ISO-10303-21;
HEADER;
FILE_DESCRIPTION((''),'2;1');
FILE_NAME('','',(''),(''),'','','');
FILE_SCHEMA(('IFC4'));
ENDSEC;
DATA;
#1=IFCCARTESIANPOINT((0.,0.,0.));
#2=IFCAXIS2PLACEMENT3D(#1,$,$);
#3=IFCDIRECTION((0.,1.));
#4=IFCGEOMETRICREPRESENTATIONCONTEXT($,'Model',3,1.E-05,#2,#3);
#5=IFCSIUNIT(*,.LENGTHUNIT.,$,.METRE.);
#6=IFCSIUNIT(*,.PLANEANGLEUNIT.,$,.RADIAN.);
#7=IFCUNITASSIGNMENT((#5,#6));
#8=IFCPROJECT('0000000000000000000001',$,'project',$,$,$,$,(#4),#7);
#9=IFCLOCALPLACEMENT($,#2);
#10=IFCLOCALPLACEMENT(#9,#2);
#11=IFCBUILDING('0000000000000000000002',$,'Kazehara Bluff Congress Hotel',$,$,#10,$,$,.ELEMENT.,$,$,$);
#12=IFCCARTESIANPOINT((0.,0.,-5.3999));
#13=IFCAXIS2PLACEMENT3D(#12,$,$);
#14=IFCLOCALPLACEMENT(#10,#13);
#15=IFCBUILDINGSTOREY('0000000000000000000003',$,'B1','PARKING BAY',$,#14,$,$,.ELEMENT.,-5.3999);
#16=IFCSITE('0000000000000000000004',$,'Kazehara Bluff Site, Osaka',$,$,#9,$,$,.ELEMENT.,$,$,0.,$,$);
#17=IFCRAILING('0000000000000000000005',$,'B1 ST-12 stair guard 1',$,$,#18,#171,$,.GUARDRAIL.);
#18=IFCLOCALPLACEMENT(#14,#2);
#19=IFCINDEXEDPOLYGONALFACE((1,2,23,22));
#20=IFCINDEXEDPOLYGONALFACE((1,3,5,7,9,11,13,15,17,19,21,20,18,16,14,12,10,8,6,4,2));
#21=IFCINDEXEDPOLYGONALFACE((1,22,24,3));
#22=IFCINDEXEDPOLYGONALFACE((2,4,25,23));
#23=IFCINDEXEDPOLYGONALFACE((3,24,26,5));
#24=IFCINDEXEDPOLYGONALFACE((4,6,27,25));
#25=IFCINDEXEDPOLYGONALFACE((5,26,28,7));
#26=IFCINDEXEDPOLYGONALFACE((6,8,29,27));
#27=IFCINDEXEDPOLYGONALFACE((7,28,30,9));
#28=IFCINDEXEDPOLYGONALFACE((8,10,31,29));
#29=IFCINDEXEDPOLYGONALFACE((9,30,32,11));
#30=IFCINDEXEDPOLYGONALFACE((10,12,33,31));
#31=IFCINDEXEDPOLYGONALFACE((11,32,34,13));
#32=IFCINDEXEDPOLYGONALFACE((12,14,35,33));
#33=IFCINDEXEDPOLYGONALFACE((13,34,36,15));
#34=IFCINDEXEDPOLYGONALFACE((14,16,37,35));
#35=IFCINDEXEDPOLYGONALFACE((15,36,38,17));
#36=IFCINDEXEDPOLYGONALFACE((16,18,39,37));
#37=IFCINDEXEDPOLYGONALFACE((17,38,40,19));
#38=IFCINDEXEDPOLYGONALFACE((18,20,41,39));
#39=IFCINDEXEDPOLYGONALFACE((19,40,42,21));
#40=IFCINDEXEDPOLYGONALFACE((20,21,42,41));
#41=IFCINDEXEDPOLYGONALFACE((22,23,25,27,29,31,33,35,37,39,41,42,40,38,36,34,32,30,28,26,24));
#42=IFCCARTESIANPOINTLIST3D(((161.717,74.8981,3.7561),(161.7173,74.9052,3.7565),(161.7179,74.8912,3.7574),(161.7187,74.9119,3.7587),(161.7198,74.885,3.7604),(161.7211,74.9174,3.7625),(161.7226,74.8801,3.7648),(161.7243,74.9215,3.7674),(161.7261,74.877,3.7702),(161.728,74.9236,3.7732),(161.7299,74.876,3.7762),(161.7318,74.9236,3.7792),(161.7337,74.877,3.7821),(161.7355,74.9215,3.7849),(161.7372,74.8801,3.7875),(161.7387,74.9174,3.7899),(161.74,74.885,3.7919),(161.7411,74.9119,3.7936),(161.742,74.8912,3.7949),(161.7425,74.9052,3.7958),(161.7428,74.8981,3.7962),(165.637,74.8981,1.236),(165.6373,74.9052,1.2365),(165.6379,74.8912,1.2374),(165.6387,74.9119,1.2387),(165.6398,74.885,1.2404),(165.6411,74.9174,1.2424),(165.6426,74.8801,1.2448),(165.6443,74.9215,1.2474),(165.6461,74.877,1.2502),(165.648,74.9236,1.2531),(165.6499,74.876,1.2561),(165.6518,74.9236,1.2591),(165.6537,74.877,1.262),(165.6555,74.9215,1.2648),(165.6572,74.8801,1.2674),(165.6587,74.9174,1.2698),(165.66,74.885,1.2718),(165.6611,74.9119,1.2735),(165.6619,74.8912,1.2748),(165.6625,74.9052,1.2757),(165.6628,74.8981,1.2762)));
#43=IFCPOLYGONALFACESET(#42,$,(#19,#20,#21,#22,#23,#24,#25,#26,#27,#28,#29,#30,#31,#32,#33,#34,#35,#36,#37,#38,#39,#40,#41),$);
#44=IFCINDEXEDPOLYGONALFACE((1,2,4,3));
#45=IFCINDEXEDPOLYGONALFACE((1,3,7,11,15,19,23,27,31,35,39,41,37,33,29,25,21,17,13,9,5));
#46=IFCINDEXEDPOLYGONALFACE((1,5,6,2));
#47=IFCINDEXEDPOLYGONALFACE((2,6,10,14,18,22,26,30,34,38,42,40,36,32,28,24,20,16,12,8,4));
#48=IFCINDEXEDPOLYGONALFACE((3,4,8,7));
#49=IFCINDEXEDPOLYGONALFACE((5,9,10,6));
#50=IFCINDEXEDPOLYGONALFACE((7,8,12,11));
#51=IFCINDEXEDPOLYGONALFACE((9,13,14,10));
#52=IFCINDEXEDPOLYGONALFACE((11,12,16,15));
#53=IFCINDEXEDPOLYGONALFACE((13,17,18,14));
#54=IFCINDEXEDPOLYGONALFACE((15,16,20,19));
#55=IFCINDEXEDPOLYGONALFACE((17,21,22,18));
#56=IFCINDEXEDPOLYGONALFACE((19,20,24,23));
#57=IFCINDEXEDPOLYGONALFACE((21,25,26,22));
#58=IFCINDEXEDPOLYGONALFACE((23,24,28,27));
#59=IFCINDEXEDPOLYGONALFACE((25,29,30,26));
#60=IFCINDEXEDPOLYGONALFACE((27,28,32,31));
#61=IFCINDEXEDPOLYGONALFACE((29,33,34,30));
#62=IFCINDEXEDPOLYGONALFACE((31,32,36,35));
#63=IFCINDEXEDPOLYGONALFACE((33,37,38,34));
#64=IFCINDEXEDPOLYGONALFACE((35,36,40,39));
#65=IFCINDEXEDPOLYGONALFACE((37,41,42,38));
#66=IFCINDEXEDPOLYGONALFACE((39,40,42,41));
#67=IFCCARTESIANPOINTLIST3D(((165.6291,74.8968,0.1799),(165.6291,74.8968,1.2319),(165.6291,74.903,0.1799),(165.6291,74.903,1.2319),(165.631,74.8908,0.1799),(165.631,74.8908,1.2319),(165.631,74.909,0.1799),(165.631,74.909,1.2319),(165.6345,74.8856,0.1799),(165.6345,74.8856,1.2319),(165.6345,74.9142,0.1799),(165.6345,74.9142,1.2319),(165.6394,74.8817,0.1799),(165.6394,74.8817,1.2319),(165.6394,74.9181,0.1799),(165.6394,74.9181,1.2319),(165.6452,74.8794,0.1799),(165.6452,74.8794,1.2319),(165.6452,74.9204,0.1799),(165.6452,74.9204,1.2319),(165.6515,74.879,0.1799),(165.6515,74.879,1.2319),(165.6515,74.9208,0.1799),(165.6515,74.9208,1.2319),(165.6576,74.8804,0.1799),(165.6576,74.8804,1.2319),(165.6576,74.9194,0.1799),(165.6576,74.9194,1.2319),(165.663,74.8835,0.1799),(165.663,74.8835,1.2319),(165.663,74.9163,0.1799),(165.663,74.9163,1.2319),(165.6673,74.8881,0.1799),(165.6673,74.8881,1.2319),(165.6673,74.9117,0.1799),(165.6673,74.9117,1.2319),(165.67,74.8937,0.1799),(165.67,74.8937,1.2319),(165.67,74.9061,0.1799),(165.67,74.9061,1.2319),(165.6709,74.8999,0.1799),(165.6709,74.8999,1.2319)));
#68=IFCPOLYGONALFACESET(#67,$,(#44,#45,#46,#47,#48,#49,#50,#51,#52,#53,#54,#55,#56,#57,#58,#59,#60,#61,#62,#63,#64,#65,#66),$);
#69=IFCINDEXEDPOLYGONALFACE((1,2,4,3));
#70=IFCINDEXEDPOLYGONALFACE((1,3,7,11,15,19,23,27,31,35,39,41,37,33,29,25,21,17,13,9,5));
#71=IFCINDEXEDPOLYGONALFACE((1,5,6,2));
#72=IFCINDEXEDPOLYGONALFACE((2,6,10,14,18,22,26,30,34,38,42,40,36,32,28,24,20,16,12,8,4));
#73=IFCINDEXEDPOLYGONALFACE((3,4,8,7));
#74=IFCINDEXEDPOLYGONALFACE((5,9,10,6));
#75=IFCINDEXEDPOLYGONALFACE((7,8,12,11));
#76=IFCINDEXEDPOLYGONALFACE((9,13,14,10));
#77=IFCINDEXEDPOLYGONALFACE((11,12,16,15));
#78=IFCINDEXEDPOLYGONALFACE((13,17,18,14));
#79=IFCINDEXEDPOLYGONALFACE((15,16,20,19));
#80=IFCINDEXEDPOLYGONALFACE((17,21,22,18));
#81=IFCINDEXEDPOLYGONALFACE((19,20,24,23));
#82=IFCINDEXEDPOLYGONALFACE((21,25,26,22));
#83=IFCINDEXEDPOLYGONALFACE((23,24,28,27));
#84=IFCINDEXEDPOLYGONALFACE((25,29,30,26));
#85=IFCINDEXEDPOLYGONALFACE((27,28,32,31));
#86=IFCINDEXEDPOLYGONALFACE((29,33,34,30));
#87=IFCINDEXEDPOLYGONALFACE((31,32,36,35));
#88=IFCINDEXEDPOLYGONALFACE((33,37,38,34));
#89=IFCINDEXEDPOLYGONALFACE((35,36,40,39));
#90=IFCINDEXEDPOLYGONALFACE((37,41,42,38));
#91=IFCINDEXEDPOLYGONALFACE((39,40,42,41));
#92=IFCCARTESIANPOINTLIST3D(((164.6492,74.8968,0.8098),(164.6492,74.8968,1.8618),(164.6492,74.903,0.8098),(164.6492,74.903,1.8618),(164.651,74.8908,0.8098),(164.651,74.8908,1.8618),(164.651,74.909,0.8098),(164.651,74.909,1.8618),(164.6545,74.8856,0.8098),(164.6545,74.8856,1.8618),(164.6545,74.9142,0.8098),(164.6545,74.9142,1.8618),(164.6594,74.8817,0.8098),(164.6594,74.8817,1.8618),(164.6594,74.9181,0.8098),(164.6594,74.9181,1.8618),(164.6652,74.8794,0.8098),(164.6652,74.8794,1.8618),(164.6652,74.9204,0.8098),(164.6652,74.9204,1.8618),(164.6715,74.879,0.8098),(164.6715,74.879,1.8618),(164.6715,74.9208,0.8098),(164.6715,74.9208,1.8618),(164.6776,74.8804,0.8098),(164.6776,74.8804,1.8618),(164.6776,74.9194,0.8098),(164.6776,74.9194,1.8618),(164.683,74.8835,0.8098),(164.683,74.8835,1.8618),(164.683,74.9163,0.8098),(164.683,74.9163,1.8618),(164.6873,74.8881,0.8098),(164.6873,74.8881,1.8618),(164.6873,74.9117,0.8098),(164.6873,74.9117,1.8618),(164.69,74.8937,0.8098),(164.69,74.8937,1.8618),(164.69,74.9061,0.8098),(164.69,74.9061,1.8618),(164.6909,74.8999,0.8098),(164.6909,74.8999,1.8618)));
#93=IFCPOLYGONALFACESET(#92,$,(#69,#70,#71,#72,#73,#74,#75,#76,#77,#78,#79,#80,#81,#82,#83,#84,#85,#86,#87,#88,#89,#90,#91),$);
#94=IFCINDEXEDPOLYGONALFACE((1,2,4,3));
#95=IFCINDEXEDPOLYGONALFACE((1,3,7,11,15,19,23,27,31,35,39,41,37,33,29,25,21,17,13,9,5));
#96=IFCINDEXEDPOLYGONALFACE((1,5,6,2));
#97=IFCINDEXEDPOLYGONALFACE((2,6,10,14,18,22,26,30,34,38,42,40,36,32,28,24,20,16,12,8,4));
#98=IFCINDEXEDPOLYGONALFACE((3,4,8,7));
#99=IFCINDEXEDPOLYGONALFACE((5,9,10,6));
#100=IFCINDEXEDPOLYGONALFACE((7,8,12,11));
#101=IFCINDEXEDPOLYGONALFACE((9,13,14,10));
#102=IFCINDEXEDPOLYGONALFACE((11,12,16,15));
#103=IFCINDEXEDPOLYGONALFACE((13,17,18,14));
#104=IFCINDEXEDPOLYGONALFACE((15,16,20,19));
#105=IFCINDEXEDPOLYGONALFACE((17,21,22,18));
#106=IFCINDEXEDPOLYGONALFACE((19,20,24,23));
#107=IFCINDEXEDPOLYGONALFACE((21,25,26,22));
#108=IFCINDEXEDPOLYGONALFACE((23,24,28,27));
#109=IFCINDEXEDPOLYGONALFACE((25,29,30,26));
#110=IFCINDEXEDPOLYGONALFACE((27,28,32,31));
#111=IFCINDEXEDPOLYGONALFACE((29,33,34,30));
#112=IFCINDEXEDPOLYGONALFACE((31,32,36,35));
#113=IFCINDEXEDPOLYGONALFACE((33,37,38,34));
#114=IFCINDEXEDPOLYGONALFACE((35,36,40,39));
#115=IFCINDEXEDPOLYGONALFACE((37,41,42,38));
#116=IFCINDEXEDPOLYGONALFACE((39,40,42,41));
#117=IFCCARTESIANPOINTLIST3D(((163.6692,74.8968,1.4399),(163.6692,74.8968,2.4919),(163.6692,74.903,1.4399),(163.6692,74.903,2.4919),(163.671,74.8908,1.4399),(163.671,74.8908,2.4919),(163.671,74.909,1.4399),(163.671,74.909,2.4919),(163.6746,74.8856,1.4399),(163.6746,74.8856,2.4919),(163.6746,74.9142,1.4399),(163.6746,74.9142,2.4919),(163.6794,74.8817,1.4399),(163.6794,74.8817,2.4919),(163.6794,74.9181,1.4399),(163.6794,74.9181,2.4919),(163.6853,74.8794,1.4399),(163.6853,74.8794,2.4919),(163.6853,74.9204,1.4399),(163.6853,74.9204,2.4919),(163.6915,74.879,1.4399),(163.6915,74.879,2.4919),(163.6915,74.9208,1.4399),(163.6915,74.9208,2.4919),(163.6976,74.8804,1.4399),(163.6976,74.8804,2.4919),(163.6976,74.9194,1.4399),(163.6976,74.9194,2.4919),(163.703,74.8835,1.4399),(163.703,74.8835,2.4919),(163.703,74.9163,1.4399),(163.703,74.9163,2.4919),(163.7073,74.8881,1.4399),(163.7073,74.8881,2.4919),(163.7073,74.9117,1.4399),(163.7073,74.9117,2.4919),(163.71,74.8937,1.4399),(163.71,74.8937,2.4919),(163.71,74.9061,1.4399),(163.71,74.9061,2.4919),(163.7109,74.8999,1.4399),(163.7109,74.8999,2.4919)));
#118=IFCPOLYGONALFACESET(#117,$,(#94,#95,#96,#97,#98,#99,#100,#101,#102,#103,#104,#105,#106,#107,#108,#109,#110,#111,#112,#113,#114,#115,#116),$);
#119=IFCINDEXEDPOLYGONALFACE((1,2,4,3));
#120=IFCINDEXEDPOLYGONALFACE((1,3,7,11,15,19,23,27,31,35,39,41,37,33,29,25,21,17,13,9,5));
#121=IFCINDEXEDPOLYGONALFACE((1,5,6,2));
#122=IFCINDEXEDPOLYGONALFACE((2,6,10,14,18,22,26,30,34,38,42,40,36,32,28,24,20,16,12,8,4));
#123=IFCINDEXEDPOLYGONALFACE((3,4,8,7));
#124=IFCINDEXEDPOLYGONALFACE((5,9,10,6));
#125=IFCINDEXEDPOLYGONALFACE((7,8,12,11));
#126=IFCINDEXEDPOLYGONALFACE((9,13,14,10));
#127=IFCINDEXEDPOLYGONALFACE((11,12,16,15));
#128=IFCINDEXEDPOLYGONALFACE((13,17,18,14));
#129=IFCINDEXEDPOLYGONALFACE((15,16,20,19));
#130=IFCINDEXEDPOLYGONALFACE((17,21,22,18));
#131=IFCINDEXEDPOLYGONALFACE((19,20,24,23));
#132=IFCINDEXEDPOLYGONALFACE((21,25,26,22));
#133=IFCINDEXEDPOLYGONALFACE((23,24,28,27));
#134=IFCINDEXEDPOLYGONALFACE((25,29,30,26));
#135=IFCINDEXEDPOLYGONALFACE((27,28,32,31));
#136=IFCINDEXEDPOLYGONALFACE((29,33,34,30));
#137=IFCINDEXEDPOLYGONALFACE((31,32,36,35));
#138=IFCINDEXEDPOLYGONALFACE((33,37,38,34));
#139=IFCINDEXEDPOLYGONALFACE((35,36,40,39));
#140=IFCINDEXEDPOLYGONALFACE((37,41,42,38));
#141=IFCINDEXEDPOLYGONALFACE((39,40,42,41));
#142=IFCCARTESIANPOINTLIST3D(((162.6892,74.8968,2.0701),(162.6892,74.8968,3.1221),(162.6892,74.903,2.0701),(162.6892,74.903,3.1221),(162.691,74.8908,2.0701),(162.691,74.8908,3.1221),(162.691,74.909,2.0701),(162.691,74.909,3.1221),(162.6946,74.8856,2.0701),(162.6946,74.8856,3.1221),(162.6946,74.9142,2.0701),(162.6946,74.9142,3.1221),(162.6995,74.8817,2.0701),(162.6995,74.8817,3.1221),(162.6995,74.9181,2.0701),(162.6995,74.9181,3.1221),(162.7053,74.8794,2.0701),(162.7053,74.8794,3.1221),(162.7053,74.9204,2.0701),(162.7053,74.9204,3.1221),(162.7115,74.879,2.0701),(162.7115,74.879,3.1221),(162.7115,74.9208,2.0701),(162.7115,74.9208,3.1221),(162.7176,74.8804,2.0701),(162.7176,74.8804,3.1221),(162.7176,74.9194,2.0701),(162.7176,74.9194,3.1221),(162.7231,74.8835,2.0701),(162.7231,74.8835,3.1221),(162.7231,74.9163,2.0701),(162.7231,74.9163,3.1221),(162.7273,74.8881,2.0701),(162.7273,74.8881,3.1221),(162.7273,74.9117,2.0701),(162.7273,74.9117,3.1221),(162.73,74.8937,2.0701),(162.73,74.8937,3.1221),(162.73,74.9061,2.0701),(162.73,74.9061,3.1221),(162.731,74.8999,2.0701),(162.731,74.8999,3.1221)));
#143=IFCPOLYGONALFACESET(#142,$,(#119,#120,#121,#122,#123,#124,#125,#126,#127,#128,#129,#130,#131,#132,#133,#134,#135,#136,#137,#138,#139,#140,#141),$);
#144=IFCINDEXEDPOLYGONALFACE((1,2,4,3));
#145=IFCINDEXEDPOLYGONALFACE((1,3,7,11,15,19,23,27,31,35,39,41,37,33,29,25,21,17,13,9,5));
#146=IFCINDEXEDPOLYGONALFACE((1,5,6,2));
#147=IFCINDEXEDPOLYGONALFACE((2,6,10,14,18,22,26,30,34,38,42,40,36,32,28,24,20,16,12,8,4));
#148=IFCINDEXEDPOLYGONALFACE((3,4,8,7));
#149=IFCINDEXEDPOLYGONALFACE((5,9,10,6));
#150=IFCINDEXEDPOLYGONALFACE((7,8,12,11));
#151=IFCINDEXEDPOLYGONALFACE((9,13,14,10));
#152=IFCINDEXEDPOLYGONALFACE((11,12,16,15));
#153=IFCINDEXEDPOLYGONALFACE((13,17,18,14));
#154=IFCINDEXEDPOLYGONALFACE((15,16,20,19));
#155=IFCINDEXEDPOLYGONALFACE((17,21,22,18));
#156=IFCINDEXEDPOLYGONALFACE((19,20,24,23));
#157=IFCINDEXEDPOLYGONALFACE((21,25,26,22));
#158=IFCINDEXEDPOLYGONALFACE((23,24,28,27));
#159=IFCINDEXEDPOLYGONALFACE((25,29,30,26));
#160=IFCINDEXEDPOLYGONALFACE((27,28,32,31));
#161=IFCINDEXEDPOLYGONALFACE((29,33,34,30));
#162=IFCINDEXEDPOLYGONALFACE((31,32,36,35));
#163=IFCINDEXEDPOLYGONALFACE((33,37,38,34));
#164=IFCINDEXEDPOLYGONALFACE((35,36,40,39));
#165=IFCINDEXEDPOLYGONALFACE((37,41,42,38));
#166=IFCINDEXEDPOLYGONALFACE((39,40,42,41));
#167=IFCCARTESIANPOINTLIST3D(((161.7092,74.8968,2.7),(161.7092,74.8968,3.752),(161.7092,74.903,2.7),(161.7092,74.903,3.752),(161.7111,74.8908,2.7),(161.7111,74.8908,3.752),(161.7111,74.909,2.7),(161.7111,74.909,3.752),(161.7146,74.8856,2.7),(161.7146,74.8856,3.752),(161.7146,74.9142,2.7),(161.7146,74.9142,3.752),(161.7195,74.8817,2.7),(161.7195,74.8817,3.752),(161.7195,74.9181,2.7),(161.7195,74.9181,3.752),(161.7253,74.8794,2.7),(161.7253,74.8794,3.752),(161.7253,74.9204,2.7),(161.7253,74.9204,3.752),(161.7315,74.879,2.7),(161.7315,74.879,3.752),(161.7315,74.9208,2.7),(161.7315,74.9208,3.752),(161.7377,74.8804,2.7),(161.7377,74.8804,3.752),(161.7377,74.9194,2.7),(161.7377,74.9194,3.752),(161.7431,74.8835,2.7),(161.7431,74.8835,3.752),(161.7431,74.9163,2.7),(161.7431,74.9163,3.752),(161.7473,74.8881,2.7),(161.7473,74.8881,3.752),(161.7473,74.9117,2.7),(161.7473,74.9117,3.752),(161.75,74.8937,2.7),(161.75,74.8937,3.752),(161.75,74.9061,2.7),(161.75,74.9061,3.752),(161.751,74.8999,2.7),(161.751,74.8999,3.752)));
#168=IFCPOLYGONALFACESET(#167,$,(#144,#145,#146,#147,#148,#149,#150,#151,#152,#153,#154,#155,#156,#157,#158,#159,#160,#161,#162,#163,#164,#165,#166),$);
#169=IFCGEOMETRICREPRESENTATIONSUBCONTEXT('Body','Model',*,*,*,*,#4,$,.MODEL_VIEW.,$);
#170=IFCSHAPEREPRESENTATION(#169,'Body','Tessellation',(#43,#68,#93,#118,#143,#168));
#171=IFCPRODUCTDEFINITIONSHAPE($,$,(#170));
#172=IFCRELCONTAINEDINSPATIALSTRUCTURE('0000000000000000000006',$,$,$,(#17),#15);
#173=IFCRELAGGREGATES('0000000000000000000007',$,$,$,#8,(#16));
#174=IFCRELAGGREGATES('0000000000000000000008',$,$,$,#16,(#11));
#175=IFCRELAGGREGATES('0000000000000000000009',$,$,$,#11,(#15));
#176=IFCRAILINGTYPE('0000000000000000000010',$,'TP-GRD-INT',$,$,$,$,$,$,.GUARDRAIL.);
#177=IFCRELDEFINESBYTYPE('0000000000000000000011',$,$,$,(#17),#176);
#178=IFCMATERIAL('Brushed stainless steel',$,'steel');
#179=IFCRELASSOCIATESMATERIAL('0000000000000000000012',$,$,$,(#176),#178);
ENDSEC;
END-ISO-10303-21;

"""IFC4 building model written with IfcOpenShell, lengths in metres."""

from ifc_helpers import new_model, si_unit, direction, frame, origin, origin_2d, place, context, subcontext, project, spatial, circle, extrude, material, type_object, element, save


model = new_model("IFC4")

# Units and contexts
model_context = context("Model", 3, precision=1e-05, world=origin(), true_north=direction((0.0, 1.0)))
body_context = subcontext(model_context, "Body", "Model", "MODEL_VIEW")
ifc_project = project(units=[si_unit("LENGTHUNIT", "METRE"), si_unit("PLANEANGLEUNIT", "RADIAN")], contexts=[model_context])

# Site, building, storey
site_placement = place(None, origin())
site = spatial("IfcSite", under=ifc_project, at=site_placement, Name="Kazehara Bluff Site, Osaka", CompositionType="ELEMENT", RefElevation=0.0)
building_placement = place(site_placement, origin())
building = spatial("IfcBuilding", under=site, at=building_placement, Name="Kazehara Bluff Congress Hotel", CompositionType="ELEMENT")
storey_placement = place(building_placement, frame((0.0, 0.0, -5.3999)))
storey = spatial("IfcBuildingStorey", under=building, at=storey_placement, Name="B1", Description="PARKING BAY", CompositionType="ELEMENT", Elevation=-5.3999)

# Railing
ifc_material_1 = material(Name="Brushed stainless steel", Category="steel")
railing_type_1 = type_object("IfcRailingType", Name="TP-GRD-INT", PredefinedType="GUARDRAIL", material=ifc_material_1)
railing_1_placement = place(storey_placement, frame((165.6499, 74.8999, 0.1799)))
element("IfcRailing", 1, at=railing_1_placement, inside=storey, type_object=railing_type_1, Name="B1 ST-12 stair guard 1", PredefinedType="GUARDRAIL", context=body_context, shape_type="SweptSolid", body=[
    extrude(circle(Radius=0.0239, at=origin_2d()), frame((0.0, 0.0, 1.0762), z_axis=(-0.841172, 0.0, 0.540768), x_axis=(0.0, -1.0, 0.0)), (0.0, 0.0, 1.0), 4.6602),
    extrude(circle(Radius=0.021, at=origin_2d()), origin(), (0.0, 0.0, 1.0), 1.052),
    extrude(circle(Radius=0.021, at=origin_2d()), frame((-0.98, 0.0, 0.6299)), (0.0, 0.0, 1.0), 1.052),
    extrude(circle(Radius=0.021, at=origin_2d()), frame((-1.96, 0.0, 1.26)), (0.0, 0.0, 1.0), 1.052),
    extrude(circle(Radius=0.021, at=origin_2d()), frame((-2.9399, 0.0, 1.8901)), (0.0, 0.0, 1.0), 1.052),
    extrude(circle(Radius=0.021, at=origin_2d()), frame((-3.9199, 0.0, 2.52)), (0.0, 0.0, 1.0), 1.052),
])

save(model, "model.ifc")
